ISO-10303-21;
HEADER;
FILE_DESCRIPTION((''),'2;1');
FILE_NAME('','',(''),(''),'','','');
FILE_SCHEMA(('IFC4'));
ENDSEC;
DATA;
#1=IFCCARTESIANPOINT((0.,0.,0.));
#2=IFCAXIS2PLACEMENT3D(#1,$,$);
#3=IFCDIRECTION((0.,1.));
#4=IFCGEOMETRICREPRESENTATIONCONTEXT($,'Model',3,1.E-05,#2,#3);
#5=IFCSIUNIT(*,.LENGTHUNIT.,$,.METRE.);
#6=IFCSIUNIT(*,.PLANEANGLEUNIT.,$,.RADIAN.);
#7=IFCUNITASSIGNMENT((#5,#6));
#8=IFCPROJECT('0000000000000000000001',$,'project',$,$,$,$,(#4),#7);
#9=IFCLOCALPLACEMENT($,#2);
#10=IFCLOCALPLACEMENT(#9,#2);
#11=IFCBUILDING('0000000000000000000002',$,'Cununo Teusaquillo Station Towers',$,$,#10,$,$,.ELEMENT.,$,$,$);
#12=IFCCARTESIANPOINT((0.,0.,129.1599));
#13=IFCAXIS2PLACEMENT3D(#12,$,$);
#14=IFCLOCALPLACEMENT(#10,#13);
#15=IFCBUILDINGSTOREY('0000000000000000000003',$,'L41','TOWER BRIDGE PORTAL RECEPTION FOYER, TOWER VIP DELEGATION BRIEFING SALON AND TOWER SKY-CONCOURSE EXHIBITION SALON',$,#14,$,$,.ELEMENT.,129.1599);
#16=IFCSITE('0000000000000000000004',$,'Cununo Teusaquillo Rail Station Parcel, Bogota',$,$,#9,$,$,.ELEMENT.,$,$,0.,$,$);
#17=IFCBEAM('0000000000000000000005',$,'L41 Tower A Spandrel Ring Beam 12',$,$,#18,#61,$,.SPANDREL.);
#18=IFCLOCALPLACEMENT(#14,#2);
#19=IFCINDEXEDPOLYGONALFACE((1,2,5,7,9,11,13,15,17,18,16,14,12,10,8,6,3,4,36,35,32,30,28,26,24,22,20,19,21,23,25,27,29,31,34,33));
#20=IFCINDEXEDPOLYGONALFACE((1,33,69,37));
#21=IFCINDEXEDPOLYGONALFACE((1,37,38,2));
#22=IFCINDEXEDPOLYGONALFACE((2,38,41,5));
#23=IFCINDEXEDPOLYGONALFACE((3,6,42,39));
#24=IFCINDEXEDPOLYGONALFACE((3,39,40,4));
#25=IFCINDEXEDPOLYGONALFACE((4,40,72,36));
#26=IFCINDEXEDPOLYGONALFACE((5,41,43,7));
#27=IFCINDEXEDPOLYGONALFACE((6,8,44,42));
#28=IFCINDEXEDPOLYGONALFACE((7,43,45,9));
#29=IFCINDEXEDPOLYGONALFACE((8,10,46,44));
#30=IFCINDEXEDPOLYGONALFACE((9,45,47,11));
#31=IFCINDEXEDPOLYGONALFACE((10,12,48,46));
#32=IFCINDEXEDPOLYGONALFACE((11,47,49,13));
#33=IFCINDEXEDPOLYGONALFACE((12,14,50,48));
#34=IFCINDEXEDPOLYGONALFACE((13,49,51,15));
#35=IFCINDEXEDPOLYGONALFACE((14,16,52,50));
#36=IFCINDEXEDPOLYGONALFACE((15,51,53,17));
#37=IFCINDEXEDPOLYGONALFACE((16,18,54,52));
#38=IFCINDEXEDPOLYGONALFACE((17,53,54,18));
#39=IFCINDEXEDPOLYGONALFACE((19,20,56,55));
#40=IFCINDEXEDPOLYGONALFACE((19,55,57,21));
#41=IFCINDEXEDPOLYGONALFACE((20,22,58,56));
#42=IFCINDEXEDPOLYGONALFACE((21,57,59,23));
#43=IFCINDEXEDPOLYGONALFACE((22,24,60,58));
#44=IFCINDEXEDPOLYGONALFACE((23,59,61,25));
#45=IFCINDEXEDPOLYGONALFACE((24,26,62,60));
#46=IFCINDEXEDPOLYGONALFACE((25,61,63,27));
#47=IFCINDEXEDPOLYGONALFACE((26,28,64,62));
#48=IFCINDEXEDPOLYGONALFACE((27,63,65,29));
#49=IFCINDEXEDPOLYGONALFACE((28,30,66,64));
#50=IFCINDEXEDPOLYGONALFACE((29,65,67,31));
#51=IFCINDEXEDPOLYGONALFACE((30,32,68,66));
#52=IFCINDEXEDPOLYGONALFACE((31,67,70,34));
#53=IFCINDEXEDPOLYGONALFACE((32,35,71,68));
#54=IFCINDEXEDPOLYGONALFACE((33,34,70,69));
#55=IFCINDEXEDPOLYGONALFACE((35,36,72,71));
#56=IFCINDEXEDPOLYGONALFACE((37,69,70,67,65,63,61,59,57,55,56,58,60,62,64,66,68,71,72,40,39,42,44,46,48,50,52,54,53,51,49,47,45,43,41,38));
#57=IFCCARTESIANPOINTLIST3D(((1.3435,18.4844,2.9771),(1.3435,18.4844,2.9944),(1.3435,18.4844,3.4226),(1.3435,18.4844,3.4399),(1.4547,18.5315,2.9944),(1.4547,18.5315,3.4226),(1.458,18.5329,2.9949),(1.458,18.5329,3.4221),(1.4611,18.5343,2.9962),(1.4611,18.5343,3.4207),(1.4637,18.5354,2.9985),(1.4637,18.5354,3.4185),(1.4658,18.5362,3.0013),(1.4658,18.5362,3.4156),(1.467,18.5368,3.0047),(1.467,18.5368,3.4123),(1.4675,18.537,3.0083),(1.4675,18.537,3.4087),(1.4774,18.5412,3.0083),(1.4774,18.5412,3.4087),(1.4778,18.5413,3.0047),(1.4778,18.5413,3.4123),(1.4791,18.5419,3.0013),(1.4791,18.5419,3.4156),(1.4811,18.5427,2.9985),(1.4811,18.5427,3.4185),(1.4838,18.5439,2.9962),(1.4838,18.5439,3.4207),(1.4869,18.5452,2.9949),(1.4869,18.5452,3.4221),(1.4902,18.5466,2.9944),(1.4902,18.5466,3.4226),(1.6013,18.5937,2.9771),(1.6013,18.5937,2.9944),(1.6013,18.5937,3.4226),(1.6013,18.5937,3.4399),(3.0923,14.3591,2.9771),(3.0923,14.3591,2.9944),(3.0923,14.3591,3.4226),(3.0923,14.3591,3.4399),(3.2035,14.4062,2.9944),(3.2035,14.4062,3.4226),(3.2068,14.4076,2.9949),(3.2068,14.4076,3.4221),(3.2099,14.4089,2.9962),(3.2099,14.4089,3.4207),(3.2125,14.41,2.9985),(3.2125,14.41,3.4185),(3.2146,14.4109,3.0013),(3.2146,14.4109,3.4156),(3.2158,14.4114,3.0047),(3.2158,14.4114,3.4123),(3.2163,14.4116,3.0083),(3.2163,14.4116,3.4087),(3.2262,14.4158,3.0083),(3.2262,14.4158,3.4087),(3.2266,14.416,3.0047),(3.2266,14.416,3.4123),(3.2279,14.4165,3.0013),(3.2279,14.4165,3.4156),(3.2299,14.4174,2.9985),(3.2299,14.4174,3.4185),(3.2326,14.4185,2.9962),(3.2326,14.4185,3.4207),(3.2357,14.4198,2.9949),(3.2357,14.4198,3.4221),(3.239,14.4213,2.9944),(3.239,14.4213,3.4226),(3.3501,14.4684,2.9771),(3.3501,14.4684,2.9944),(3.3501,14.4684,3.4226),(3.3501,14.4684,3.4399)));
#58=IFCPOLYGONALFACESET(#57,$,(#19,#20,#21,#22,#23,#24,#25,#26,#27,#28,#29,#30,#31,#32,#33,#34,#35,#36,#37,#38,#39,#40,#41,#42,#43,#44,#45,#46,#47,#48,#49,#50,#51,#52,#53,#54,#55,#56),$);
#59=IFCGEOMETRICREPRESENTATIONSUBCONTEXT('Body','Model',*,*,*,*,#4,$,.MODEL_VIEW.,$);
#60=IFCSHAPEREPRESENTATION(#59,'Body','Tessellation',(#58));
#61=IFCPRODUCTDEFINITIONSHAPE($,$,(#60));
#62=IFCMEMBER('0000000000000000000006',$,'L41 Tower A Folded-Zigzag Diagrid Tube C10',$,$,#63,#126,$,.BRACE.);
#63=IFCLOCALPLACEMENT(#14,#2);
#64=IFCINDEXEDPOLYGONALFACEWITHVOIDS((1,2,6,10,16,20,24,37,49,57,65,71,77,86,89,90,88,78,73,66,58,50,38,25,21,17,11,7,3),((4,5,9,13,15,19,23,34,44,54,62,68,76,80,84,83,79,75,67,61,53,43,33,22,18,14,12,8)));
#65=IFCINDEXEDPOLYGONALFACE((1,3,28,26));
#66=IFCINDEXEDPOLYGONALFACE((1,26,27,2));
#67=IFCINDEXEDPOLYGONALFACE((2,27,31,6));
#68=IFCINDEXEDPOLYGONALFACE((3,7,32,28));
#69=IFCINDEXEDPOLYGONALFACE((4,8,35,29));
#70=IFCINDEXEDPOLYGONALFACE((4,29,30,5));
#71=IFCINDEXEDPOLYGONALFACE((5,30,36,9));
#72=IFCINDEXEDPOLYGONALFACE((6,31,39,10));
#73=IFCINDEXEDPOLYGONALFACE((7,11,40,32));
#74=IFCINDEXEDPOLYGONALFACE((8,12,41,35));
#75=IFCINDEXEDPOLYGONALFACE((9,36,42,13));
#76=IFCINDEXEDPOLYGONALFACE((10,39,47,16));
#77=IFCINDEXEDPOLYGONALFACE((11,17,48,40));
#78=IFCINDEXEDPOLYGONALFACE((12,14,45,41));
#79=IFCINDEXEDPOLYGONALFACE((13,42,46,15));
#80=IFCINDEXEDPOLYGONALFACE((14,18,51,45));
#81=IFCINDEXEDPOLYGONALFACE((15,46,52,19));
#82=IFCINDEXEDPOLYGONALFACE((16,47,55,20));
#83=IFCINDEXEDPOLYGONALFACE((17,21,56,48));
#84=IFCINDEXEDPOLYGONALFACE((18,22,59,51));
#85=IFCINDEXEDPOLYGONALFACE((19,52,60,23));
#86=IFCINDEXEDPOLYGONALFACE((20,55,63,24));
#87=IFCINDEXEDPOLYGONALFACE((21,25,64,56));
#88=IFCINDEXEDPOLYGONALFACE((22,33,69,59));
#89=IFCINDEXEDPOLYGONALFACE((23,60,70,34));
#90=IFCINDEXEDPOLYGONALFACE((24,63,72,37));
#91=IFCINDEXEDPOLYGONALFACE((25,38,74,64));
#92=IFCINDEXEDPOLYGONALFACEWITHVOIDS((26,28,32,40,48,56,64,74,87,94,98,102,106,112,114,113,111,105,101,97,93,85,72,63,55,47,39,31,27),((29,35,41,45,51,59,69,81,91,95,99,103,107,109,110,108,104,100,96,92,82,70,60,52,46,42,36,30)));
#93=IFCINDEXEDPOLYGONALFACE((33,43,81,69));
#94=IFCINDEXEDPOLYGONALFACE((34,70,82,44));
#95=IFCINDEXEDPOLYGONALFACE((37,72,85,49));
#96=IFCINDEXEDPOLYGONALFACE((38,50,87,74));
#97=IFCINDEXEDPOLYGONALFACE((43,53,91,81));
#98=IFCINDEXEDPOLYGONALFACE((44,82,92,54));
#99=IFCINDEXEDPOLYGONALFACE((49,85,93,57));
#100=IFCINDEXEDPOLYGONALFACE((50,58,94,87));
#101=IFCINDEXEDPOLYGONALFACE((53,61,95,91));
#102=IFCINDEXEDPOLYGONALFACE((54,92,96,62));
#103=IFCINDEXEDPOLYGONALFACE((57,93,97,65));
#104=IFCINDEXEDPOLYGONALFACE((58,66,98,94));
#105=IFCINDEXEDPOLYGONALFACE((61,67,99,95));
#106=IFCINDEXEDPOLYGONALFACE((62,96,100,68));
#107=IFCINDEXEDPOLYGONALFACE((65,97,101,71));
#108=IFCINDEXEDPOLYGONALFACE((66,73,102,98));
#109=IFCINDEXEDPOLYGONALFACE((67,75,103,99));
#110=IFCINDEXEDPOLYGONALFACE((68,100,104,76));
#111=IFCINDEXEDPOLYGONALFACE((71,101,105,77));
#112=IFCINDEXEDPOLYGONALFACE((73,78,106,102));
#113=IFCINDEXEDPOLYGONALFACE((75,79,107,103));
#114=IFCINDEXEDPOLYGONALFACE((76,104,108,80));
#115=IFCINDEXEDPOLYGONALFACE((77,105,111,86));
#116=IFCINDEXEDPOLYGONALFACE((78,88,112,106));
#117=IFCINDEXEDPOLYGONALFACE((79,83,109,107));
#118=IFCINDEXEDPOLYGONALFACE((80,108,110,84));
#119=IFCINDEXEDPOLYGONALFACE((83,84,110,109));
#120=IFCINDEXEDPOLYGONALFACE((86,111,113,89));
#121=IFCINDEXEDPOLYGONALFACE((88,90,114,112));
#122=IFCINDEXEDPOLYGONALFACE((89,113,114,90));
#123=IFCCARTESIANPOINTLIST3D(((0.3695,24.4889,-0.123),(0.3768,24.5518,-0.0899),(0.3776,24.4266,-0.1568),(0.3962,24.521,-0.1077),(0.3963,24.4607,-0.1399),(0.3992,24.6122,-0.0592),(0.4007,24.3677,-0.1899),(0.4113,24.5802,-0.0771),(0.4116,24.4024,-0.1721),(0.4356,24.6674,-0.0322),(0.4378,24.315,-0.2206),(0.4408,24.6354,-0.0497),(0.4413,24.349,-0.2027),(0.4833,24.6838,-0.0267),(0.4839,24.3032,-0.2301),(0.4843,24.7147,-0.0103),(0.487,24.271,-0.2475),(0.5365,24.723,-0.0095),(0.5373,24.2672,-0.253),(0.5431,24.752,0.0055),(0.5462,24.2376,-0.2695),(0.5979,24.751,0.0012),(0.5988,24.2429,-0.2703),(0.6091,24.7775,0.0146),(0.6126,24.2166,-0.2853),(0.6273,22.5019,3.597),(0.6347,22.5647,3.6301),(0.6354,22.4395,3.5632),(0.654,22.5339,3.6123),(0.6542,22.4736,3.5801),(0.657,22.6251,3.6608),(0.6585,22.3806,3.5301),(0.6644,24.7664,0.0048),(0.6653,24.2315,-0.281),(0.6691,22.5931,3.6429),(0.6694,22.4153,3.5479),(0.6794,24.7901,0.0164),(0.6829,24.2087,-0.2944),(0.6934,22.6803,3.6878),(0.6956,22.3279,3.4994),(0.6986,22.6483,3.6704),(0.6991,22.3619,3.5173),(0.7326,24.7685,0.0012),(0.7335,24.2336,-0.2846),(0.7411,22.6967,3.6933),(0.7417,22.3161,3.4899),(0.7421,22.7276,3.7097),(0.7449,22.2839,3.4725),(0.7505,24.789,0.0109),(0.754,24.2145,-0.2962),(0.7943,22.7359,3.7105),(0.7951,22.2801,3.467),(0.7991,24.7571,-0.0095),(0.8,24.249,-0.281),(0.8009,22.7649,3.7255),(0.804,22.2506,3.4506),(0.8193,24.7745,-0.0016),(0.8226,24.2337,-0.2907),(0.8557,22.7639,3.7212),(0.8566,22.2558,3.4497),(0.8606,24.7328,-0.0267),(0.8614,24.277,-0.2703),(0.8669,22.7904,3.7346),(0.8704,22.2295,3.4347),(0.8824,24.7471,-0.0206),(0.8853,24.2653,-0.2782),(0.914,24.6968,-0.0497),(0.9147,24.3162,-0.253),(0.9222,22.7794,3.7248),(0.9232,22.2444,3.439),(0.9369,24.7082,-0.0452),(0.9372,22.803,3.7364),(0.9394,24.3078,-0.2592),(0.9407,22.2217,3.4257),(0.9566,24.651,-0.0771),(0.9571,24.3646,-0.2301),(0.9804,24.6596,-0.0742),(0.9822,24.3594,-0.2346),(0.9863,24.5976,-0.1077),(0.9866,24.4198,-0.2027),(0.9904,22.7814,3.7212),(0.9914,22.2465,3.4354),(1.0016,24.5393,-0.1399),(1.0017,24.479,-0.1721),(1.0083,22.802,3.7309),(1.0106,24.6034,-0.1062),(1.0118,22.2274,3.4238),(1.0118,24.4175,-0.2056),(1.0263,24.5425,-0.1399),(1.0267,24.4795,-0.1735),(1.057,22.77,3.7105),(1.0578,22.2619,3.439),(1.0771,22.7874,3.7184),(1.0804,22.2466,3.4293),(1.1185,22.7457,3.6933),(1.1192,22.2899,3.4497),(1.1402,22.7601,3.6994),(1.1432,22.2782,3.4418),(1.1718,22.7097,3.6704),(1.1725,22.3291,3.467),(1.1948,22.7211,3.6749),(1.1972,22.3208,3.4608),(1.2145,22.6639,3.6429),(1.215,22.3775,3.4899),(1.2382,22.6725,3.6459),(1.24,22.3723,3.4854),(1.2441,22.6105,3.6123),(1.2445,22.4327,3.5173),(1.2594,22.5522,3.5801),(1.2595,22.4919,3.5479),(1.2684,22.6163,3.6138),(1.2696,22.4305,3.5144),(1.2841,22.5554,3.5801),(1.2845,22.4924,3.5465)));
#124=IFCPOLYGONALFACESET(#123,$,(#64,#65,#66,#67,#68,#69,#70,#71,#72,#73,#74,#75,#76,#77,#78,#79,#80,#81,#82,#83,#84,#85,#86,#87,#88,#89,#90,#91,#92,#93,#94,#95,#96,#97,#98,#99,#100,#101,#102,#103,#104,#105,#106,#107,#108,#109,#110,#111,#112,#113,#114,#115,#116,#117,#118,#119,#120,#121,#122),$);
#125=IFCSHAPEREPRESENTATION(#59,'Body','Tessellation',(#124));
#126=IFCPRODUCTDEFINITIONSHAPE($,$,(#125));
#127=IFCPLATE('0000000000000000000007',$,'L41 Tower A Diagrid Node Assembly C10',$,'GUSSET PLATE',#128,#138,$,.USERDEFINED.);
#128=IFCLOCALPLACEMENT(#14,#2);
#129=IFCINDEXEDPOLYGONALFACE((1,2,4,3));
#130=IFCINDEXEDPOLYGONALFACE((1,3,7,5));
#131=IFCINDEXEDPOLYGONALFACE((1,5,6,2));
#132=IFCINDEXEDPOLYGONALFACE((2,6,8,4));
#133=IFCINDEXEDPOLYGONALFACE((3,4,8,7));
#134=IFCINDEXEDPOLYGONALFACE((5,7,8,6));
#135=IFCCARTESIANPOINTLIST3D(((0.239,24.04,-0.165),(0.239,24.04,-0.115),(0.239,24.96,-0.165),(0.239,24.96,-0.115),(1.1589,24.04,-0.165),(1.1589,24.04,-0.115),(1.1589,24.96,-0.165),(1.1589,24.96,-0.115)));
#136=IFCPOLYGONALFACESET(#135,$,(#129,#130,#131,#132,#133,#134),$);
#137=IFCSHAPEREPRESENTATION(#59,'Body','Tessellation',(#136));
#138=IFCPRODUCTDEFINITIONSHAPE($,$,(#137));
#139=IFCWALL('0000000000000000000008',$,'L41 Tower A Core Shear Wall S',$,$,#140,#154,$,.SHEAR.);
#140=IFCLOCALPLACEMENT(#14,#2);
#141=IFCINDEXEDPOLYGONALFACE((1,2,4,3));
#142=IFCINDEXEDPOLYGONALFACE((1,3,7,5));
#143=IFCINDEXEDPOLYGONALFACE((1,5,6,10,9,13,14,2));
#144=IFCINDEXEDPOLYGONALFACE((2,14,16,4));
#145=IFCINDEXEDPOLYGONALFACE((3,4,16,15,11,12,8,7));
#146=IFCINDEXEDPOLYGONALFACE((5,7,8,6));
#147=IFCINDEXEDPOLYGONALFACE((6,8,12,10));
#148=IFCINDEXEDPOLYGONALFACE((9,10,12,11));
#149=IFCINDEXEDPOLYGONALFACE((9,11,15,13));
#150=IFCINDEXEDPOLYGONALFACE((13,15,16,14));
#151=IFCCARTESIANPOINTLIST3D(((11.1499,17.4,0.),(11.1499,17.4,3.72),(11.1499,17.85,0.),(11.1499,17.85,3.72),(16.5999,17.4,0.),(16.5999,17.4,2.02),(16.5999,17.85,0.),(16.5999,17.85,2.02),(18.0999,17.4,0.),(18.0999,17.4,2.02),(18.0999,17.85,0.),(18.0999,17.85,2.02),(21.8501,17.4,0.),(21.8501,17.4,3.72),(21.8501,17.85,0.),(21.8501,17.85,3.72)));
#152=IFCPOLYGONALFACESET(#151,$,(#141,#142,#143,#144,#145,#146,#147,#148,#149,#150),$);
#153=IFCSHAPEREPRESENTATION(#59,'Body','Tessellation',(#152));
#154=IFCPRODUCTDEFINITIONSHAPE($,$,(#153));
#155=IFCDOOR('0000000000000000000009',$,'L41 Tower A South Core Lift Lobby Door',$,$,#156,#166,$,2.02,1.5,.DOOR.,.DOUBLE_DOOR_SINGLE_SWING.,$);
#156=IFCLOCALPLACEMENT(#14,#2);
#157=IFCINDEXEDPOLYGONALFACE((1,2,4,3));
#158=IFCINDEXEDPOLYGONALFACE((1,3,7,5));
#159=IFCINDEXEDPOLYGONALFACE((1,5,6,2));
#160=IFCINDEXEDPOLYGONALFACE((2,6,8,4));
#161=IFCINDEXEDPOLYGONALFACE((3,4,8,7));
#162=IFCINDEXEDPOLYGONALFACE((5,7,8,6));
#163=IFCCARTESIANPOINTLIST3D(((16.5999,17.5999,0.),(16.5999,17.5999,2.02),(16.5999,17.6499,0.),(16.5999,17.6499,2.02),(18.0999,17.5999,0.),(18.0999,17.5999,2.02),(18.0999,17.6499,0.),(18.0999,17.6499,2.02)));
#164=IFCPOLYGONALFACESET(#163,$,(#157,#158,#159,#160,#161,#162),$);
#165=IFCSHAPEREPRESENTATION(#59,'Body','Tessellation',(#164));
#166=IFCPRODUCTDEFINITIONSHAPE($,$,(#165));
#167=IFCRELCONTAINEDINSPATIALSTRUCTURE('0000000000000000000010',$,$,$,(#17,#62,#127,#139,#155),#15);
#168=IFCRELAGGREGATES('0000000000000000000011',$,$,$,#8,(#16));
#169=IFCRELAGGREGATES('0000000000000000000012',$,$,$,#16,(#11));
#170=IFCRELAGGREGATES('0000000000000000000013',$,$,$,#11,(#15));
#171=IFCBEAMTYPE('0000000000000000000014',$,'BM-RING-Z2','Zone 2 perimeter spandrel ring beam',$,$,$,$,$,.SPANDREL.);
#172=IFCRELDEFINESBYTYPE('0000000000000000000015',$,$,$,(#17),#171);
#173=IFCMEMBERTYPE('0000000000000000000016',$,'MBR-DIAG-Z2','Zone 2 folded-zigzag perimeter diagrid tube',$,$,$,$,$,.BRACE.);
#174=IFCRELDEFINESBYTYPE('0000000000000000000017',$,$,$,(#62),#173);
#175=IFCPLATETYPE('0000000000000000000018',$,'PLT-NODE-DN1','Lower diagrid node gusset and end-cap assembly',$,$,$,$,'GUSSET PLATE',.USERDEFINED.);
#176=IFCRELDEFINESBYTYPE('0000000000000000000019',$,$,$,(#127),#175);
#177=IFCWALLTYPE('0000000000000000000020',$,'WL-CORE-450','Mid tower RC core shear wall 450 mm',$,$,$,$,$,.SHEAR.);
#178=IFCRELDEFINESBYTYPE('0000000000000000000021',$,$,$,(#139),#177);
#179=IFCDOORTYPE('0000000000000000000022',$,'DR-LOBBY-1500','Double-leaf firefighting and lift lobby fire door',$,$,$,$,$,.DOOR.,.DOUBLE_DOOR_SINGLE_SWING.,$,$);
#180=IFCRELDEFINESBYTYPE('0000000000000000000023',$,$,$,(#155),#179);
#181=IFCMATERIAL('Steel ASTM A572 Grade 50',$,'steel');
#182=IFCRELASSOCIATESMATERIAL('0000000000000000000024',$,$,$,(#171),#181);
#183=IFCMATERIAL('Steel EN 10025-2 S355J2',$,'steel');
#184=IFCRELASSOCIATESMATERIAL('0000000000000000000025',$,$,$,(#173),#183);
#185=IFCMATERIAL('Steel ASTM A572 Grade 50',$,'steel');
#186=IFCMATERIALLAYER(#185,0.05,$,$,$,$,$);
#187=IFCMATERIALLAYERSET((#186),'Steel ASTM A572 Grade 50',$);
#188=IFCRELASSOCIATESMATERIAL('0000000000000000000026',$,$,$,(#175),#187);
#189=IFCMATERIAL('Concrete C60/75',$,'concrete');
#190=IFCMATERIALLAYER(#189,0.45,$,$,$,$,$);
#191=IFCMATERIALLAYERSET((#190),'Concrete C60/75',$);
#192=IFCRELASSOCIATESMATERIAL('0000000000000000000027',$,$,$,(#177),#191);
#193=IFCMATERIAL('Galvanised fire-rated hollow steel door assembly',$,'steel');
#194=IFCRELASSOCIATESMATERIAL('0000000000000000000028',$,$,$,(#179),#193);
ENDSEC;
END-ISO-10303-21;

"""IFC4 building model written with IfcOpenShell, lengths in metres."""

from ifc_helpers import new_model, si_unit, direction, frame, frame_2d, origin, origin_2d, place, context, subcontext, project, spatial, rectangle, hollow_circle, i_section, extrude, source, transform, mapped, material, layer, layer_set, material_profile, profile_set, type_object, element, fill, save


model = new_model("IFC4")

# Units and contexts
model_context = context("Model", 3, precision=1e-05, world=origin(), true_north=direction((0.0, 1.0)))
body_context = subcontext(model_context, "Body", "Model", "MODEL_VIEW")
ifc_project = project(units=[si_unit("LENGTHUNIT", "METRE"), si_unit("PLANEANGLEUNIT", "RADIAN")], contexts=[model_context])

# Site, building, storey
site_placement = place(None, origin())
site = spatial("IfcSite", under=ifc_project, at=site_placement, Name="Cununo Teusaquillo Rail Station Parcel, Bogota", CompositionType="ELEMENT", RefElevation=0.0)
building_placement = place(site_placement, origin())
building = spatial("IfcBuilding", under=site, at=building_placement, Name="Cununo Teusaquillo Station Towers", CompositionType="ELEMENT")
storey_placement = place(building_placement, frame((0.0, 0.0, 129.1599)))
storey = spatial("IfcBuildingStorey", under=building, at=storey_placement, Name="L41", Description="TOWER BRIDGE PORTAL RECEPTION FOYER, TOWER VIP DELEGATION BRIEFING SALON AND TOWER SKY-CONCOURSE EXHIBITION SALON", CompositionType="ELEMENT", Elevation=129.1599)

# Beam
ifc_material_1 = material(Name="Steel ASTM A572 Grade 50", Category="steel")
ifc_material_profile_1 = material_profile(ifc_material_1, i_section(OverallWidth=0.28, OverallDepth=0.4629, WebThickness=0.0107, FlangeThickness=0.0173, FilletRadius=0.0139, at=origin_2d()), Name="W18X76")
ifc_profile_set_1 = profile_set([ifc_material_profile_1], Name="Steel ASTM A572 Grade 50")
beam_type_1 = type_object("IfcBeamType", Name="BM-RING-Z2", Description="Zone 2 perimeter spandrel ring beam", PredefinedType="SPANDREL", material=ifc_profile_set_1)
beam_1_placement = place(storey_placement, frame((1.4724, 18.5391, 3.2085), z_axis=(0.390299, -0.920688, 0.0), x_axis=(0.920688, 0.390299, 0.0)))
element("IfcBeam", 1, at=beam_1_placement, inside=storey, type_object=beam_type_1, Name="L41 Tower A Spandrel Ring Beam 12", PredefinedType="SPANDREL", context=body_context, shape_type="SweptSolid", body=[
    extrude(i_section(OverallWidth=0.28, OverallDepth=0.4629, WebThickness=0.0107, FlangeThickness=0.0173, FilletRadius=0.0139, at=origin_2d()), origin(), (0.0, 0.0, 1.0), 4.4807),
])

# Member
ifc_material_2 = material(Name="Steel EN 10025-2 S355J2", Category="steel")
ifc_material_profile_2 = material_profile(ifc_material_2, hollow_circle(Radius=0.3301, WallThickness=0.0249, at=origin_2d()), Name="CHS 660x25")
ifc_profile_set_2 = profile_set([ifc_material_profile_2], Name="Steel EN 10025-2 S355J2")
member_type = type_object("IfcMemberType", Name="MBR-DIAG-Z2", Description="Zone 2 folded-zigzag perimeter diagrid tube", PredefinedType="BRACE", material=ifc_profile_set_2)
member_placement = place(storey_placement, frame((0.699, 24.5, -0.1399), z_axis=(0.061017, -0.470278, 0.880406), x_axis=(0.991688, 0.128667, 0.0)))
element("IfcMember", 2, at=member_placement, inside=storey, type_object=member_type, Name="L41 Tower A Folded-Zigzag Diagrid Tube C10", PredefinedType="BRACE", context=body_context, shape_type="SweptSolid", body=[
    extrude(hollow_circle(Radius=0.3301, WallThickness=0.0249, at=origin_2d()), origin(), (0.0, 0.0, 1.0), 4.2253),
])

# Plate
ifc_material_3 = material(Name="Steel ASTM A572 Grade 50", Category="steel")
ifc_layer_1 = layer(ifc_material_3, 0.05)
ifc_layer_set_1 = layer_set([ifc_layer_1], Name="Steel ASTM A572 Grade 50")
plate_type = type_object("IfcPlateType", Name="PLT-NODE-DN1", Description="Lower diagrid node gusset and end-cap assembly", ElementType="GUSSET PLATE", PredefinedType="USERDEFINED", material=ifc_layer_set_1)
shared_shape_1 = source(origin(), body_context, "Body", "SweptSolid", [
    extrude(rectangle(XDim=0.9199, YDim=0.9199, at=origin_2d()), origin(), (0.0, 0.0, 1.0), 0.05),
])
plate_placement = place(storey_placement, frame((0.699, 24.5, -0.165), z_axis=(0.0, 0.0, 1.0), x_axis=(1.0, 0.0, 0.0)))
element("IfcPlate", 3, at=plate_placement, inside=storey, type_object=plate_type, Name="L41 Tower A Diagrid Node Assembly C10", ObjectType="GUSSET PLATE", PredefinedType="USERDEFINED", context=body_context, shape_type="MappedRepresentation", body=[
    mapped(shared_shape_1, transform((0.0, 0.0, 0.0), x_axis=(1.0, 0.0, 0.0), y_axis=(0.0, 1.0, 0.0), z_axis=(0.0, 0.0, 1.0), scale=1.0)),
])

# Wall, opening, door
ifc_material_4 = material(Name="Concrete C60/75", Category="concrete")
ifc_layer_2 = layer(ifc_material_4, 0.45)
ifc_layer_set_2 = layer_set([ifc_layer_2], Name="Concrete C60/75")
wall_type_1 = type_object("IfcWallType", Name="WL-CORE-450", Description="Mid tower RC core shear wall 450 mm", PredefinedType="SHEAR", material=ifc_layer_set_2)
wall_1_placement = place(storey_placement, frame((11.1499, 17.625, 0.0), z_axis=(0.0, 0.0, 1.0), x_axis=(1.0, 0.0, 0.0)))
wall_1 = element("IfcWall", 4, at=wall_1_placement, inside=storey, type_object=wall_type_1, Name="L41 Tower A Core Shear Wall S", PredefinedType="SHEAR", context=body_context, shape_type="SweptSolid", body=[
    extrude(rectangle(XDim=10.7002, YDim=0.45, at=frame_2d((5.3501, 0.0))), origin(), (0.0, 0.0, 1.0), 3.72),
])
shared_shape_2 = source(origin(), body_context, "Body", "SweptSolid", [
    extrude(rectangle(XDim=1.5, YDim=2.02, at=frame_2d((0.75, 1.01))), frame((0.0, 0.2349, 0.0), z_axis=(0.0, -1.0, 0.0), x_axis=(1.0, 0.0, 0.0)), (0.0, 0.0, 1.0), 0.47),
])
opening_1_placement = place(wall_1_placement, frame((5.45, 0.0, 0.0)))
opening_1 = element("IfcOpeningElement", 5, at=opening_1_placement, cuts=wall_1, PredefinedType="OPENING", context=body_context, shape_type="MappedRepresentation", body=[
    mapped(shared_shape_2, transform((0.0, 0.0, 0.0), x_axis=(1.0, 0.0, 0.0), y_axis=(0.0, 1.0, 0.0), z_axis=(0.0, 0.0, 1.0), scale=1.0)),
])
ifc_material_5 = material(Name="Galvanised fire-rated hollow steel door assembly", Category="steel")
door_type_1 = type_object("IfcDoorType", Name="DR-LOBBY-1500", Description="Double-leaf firefighting and lift lobby fire door", OperationType="DOUBLE_DOOR_SINGLE_SWING", PredefinedType="DOOR", material=ifc_material_5)
shared_shape_3 = source(origin(), body_context, "Body", "SweptSolid", [
    extrude(rectangle(XDim=1.5, YDim=2.02, at=frame_2d((0.75, 1.01))), frame((0.0, 0.0249, 0.0), z_axis=(0.0, -1.0, 0.0), x_axis=(1.0, 0.0, 0.0)), (0.0, 0.0, 1.0), 0.05),
])
door_1_placement = place(opening_1_placement, origin())
door_1 = element("IfcDoor", 6, at=door_1_placement, inside=storey, type_object=door_type_1, Name="L41 Tower A South Core Lift Lobby Door", OperationType="DOUBLE_DOOR_SINGLE_SWING", OverallHeight=2.02, OverallWidth=1.5, PredefinedType="DOOR", context=body_context, shape_type="MappedRepresentation", body=[
    mapped(shared_shape_3, transform((0.0, 0.0, 0.0), x_axis=(1.0, 0.0, 0.0), y_axis=(0.0, 1.0, 0.0), z_axis=(0.0, 0.0, 1.0), scale=1.0)),
])
fill(opening_1, door_1)

save(model, "model.ifc")
